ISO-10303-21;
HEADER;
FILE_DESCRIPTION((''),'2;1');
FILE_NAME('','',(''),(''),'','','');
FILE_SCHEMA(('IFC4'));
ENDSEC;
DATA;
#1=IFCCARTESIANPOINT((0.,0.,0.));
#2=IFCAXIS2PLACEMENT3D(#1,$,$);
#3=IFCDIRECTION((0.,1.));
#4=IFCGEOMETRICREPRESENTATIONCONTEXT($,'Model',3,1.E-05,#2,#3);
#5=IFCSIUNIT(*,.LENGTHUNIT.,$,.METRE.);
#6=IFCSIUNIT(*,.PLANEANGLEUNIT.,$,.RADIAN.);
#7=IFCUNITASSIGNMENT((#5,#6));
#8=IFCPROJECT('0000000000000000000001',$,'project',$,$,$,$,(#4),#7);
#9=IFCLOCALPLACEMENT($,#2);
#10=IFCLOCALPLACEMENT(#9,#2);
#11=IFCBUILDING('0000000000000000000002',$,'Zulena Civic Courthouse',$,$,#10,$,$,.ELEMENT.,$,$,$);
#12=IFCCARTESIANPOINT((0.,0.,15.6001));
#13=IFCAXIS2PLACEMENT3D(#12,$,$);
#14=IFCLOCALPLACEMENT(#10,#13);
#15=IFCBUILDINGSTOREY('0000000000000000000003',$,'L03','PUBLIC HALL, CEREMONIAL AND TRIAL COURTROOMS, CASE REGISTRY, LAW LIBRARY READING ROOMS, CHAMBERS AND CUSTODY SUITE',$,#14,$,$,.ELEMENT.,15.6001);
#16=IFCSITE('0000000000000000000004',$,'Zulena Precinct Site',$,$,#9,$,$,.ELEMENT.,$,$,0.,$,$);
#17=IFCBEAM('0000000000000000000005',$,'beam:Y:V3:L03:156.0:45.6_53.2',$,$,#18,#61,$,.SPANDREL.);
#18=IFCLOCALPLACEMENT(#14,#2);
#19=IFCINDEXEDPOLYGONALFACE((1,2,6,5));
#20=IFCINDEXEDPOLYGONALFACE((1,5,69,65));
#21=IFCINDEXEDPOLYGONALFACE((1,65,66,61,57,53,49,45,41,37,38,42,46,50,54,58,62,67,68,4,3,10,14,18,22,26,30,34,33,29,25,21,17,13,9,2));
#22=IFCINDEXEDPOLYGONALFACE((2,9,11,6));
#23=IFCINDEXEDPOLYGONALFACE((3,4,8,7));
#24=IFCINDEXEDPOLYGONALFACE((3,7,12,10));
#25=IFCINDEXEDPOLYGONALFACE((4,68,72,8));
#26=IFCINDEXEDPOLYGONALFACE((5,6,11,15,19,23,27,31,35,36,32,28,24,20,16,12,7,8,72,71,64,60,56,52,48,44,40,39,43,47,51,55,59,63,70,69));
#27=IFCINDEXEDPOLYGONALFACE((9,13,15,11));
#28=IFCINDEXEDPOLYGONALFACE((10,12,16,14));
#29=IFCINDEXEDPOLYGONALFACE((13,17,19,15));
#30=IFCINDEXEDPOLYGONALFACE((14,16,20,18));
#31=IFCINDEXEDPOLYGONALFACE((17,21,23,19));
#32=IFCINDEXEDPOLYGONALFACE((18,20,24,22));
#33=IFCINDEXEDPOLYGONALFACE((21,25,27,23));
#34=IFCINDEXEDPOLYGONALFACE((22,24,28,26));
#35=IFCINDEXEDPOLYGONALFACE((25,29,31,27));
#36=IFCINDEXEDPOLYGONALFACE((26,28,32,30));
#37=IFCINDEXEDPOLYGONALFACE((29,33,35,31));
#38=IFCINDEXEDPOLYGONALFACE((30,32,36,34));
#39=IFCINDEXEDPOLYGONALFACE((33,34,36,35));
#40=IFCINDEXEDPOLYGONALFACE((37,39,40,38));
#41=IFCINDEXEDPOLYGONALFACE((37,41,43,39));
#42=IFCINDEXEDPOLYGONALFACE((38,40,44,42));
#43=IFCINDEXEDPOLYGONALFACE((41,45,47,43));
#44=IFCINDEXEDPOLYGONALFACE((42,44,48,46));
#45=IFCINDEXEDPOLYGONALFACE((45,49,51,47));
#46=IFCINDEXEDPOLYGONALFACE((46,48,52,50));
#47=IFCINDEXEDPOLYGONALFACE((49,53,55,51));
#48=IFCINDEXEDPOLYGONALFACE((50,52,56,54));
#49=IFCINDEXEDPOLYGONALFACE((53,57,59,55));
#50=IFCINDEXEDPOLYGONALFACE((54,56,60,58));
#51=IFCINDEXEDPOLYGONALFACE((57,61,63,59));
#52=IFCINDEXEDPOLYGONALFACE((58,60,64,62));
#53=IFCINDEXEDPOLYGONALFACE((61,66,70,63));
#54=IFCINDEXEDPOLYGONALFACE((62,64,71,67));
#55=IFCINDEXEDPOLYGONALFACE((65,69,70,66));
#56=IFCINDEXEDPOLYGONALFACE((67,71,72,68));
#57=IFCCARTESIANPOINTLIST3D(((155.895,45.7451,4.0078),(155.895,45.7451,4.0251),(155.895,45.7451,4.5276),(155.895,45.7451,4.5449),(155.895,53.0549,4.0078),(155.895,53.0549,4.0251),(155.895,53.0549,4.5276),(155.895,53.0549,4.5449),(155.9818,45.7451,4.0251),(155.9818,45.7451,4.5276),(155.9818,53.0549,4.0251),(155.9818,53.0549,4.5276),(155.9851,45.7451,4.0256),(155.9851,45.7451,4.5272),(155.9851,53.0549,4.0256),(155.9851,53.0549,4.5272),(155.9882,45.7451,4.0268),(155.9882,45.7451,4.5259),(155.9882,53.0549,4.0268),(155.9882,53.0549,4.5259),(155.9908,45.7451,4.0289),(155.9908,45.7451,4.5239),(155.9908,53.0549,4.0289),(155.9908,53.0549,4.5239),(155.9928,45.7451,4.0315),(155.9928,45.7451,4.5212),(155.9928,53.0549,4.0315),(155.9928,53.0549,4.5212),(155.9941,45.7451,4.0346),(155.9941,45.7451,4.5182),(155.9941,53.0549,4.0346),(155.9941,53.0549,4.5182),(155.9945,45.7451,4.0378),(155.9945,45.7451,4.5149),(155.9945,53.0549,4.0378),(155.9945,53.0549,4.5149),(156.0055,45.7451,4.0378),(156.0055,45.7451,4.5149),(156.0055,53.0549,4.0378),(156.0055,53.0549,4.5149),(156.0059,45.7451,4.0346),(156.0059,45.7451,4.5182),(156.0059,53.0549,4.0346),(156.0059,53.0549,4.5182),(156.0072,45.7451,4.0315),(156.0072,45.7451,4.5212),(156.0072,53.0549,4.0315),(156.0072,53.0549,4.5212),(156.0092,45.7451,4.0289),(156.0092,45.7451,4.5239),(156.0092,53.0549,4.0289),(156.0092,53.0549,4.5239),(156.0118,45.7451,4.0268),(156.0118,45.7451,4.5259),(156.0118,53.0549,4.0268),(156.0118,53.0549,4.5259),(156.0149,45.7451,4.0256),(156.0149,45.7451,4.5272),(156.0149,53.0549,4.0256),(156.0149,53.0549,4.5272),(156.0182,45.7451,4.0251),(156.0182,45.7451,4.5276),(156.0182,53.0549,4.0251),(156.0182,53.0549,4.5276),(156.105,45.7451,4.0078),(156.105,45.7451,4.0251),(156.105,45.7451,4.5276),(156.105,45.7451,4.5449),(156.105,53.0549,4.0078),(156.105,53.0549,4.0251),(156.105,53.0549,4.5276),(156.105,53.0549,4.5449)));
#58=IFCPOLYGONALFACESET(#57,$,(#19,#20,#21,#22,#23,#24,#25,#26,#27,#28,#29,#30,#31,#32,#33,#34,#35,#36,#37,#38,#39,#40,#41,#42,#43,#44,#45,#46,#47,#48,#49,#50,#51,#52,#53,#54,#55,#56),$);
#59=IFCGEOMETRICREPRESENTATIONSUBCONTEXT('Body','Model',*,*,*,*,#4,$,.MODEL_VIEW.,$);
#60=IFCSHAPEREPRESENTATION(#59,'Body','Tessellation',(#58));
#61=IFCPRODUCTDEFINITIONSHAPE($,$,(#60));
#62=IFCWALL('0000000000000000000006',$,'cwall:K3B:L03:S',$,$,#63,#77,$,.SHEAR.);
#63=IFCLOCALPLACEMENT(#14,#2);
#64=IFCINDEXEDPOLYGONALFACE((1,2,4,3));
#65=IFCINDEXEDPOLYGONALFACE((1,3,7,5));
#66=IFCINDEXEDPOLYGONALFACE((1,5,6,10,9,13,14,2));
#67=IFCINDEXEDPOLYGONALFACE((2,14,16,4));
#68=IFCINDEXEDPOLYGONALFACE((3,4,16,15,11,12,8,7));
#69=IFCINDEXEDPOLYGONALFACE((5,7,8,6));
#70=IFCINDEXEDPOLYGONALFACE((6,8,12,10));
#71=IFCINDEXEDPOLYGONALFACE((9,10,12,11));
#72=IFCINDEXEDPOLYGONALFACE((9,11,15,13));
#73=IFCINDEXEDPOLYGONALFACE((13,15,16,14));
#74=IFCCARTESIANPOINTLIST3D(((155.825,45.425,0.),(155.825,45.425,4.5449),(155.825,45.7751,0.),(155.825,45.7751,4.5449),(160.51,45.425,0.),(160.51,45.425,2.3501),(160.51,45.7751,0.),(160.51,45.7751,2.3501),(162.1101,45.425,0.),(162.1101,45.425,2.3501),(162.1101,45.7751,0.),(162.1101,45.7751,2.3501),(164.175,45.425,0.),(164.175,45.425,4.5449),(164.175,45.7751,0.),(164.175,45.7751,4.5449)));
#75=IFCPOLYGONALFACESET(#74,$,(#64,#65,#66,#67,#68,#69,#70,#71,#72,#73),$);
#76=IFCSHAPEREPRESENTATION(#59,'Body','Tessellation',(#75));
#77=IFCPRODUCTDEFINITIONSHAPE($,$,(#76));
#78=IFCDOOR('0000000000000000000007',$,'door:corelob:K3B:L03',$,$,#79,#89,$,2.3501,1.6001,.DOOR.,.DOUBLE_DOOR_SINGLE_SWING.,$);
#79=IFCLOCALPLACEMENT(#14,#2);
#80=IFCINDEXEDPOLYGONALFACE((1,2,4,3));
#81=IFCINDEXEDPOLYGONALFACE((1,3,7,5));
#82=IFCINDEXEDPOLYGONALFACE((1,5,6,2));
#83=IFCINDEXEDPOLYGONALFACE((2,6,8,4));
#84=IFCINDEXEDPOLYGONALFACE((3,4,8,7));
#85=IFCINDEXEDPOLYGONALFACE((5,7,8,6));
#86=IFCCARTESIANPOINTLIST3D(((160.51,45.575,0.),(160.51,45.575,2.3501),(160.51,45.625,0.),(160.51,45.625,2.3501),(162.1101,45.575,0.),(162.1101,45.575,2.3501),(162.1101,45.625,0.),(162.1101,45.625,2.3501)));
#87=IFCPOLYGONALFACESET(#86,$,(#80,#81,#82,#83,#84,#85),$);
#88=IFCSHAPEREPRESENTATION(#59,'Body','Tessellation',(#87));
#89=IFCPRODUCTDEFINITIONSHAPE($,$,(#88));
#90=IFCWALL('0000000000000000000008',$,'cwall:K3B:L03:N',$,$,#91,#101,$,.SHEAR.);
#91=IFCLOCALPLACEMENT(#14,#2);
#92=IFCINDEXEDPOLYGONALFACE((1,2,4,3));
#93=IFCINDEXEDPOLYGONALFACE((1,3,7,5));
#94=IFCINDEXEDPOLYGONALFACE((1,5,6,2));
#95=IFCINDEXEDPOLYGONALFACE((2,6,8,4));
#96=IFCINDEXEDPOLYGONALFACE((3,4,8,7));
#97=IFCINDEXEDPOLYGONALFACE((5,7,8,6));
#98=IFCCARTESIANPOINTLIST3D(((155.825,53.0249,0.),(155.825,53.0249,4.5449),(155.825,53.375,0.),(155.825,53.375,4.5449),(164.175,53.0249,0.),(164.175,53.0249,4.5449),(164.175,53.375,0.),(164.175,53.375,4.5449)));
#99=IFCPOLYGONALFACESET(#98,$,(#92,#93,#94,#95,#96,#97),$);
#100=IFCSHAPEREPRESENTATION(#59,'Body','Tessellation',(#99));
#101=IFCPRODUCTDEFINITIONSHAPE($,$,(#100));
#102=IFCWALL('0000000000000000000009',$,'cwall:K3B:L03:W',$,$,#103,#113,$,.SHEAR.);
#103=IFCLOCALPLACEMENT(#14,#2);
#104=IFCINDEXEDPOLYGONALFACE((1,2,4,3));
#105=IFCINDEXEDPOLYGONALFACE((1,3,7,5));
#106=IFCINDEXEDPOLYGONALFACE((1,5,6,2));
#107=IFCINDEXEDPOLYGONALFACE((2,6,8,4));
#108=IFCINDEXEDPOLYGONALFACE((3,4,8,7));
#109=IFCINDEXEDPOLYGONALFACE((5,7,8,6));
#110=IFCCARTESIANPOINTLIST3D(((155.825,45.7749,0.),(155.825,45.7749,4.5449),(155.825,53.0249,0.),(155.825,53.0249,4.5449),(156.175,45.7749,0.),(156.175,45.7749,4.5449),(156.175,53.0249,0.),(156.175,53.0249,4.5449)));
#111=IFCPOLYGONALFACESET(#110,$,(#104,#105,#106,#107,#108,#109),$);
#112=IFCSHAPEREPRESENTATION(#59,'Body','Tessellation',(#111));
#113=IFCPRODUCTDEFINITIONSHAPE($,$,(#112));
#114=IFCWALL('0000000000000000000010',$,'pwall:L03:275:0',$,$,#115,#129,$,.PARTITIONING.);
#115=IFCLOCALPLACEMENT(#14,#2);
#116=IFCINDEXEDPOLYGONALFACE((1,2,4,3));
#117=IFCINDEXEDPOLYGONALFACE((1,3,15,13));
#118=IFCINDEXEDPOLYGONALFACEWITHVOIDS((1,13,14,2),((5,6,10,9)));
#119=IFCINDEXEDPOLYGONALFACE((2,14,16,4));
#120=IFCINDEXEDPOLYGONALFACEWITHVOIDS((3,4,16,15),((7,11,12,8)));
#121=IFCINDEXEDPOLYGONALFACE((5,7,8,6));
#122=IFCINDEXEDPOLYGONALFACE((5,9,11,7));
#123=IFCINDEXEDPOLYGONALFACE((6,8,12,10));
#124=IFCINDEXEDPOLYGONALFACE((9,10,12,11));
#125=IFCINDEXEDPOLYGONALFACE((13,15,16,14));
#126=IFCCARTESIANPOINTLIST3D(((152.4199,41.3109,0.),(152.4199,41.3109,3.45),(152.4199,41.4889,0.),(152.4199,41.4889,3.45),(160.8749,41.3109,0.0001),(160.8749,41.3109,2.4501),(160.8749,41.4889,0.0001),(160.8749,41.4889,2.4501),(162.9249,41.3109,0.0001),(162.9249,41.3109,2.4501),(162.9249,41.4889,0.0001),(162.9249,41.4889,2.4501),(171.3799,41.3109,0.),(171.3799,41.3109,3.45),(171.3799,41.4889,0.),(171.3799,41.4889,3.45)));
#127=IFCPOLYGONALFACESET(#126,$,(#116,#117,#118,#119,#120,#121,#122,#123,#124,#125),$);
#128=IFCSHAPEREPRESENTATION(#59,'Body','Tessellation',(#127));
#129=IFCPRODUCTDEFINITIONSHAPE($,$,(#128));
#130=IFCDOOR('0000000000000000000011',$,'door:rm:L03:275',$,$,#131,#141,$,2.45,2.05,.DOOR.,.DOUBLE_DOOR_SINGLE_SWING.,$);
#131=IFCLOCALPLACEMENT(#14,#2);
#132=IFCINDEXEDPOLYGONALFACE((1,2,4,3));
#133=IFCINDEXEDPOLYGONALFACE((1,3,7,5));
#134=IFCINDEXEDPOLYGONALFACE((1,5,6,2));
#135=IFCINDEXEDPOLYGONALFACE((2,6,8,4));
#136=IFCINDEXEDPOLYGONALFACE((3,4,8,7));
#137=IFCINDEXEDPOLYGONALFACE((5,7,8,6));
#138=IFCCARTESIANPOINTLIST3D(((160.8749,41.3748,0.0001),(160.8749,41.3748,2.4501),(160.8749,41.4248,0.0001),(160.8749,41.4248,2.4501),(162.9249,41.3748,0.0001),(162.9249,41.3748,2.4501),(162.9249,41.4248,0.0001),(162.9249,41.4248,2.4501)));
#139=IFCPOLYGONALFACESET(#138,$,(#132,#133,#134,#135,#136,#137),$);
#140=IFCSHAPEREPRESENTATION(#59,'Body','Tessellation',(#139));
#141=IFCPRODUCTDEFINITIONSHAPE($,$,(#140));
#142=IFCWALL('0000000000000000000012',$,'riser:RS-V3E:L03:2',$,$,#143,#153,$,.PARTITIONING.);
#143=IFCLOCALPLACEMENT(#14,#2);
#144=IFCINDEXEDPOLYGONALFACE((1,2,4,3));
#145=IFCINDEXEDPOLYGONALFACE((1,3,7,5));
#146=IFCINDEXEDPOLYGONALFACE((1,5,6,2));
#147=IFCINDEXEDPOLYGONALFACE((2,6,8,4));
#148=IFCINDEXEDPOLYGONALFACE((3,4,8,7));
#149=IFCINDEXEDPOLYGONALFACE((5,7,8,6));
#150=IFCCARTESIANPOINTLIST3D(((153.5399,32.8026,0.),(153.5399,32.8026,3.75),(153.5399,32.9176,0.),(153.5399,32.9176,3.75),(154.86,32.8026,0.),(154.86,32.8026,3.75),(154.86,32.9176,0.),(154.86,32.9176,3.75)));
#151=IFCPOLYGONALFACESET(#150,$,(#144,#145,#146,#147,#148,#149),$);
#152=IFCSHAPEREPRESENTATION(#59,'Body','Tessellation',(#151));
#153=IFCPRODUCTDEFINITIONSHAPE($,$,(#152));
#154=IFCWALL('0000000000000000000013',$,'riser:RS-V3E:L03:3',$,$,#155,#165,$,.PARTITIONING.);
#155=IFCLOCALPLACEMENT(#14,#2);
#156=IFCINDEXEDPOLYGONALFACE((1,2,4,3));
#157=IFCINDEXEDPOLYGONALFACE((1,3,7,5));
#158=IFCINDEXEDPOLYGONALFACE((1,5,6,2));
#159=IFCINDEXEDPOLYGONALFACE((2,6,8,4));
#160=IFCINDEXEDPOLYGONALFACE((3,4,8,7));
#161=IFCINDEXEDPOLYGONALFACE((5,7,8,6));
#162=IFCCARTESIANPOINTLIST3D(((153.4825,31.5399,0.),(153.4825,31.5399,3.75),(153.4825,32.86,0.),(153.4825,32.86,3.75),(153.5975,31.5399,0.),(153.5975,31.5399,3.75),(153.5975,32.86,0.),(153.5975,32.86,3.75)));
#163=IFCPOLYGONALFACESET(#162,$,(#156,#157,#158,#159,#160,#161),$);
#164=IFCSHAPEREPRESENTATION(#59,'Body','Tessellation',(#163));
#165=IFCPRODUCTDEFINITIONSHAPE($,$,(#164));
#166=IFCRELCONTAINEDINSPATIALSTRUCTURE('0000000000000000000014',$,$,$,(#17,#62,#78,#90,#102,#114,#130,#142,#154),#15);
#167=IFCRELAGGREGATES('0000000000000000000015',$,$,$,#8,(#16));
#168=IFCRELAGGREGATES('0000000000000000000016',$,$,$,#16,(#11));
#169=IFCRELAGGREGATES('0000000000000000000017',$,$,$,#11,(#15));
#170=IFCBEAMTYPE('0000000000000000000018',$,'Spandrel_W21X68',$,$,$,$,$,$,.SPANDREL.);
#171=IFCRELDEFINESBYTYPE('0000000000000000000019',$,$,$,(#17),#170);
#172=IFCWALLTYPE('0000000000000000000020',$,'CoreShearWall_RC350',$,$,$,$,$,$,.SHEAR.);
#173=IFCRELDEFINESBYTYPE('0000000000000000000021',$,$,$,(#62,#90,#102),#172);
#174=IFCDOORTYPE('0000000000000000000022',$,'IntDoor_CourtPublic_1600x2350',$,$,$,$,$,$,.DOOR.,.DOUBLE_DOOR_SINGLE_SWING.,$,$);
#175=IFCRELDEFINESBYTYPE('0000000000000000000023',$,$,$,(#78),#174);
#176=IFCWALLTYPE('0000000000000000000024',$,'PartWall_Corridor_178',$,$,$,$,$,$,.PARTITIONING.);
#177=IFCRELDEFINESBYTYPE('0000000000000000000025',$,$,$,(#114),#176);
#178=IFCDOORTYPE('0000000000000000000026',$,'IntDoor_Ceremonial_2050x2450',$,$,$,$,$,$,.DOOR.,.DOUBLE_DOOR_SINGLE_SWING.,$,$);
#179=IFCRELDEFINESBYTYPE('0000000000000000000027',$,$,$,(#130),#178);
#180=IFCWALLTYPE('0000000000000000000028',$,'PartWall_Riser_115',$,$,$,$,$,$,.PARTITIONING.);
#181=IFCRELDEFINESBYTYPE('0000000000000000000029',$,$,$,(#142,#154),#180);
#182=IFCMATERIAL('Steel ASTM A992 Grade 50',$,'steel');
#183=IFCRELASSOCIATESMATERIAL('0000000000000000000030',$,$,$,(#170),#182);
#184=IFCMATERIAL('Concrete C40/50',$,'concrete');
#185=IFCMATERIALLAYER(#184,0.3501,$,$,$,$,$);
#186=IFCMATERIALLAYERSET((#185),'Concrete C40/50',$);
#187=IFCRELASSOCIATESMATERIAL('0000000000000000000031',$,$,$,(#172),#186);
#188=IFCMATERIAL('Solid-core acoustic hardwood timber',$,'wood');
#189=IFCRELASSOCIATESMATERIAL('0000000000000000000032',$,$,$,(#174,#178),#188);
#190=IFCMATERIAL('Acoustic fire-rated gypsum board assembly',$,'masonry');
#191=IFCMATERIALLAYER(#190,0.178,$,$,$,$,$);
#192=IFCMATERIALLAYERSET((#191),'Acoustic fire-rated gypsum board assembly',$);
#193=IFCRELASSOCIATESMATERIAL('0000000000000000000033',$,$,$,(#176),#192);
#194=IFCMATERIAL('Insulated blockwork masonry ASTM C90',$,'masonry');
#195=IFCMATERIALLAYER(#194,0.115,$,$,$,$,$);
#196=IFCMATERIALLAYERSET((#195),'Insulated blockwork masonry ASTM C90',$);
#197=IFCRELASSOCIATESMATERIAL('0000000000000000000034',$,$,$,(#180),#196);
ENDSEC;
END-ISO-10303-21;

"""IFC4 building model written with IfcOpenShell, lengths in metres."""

from ifc_helpers import new_model, si_unit, direction, frame, frame_2d, origin, origin_2d, place, context, subcontext, project, spatial, rectangle, i_section, extrude, material, layer, layer_set, material_profile, profile_set, type_object, element, fill, save


model = new_model("IFC4")

# Units and contexts
model_context = context("Model", 3, precision=1e-05, world=origin(), true_north=direction((0.0, 1.0)))
body_context = subcontext(model_context, "Body", "Model", "MODEL_VIEW")
ifc_project = project(units=[si_unit("LENGTHUNIT", "METRE"), si_unit("PLANEANGLEUNIT", "RADIAN")], contexts=[model_context])

# Site, building, storey
site_placement = place(None, origin())
site = spatial("IfcSite", under=ifc_project, at=site_placement, Name="Zulena Precinct Site", CompositionType="ELEMENT", RefElevation=0.0)
building_placement = place(site_placement, origin())
building = spatial("IfcBuilding", under=site, at=building_placement, Name="Zulena Civic Courthouse", CompositionType="ELEMENT")
storey_placement = place(building_placement, frame((0.0, 0.0, 15.6001)))
storey = spatial("IfcBuildingStorey", under=building, at=storey_placement, Name="L03", Description="PUBLIC HALL, CEREMONIAL AND TRIAL COURTROOMS, CASE REGISTRY, LAW LIBRARY READING ROOMS, CHAMBERS AND CUSTODY SUITE", CompositionType="ELEMENT", Elevation=15.6001)

# Shared definitions
ifc_material_1 = material(Name="Steel ASTM A992 Grade 50", Category="steel")

# Beam
ifc_material_profile_1 = material_profile(ifc_material_1, i_section(OverallWidth=0.21, OverallDepth=0.5371, WebThickness=0.011, FlangeThickness=0.0173, FilletRadius=0.0127, at=origin_2d()), Name="W21X68")
ifc_profile_set_1 = profile_set([ifc_material_profile_1], Name="Steel ASTM A992 Grade 50")
beam_type_1 = type_object("IfcBeamType", Name="Spandrel_W21X68", PredefinedType="SPANDREL", material=ifc_profile_set_1)
beam_1_placement = place(storey_placement, frame((156.0, 45.7451, 4.2764), z_axis=(0.0, 1.0, 0.0), x_axis=(-1.0, 0.0, 0.0)))
element("IfcBeam", 1, at=beam_1_placement, inside=storey, type_object=beam_type_1, Name="beam:Y:V3:L03:156.0:45.6_53.2", PredefinedType="SPANDREL", context=body_context, shape_type="SweptSolid", body=[
    extrude(i_section(OverallWidth=0.21, OverallDepth=0.5371, WebThickness=0.011, FlangeThickness=0.0173, FilletRadius=0.0127, at=origin_2d()), origin(), (0.0, 0.0, 1.0), 7.3098),
])

# Wall, opening, door
ifc_material_2 = material(Name="Concrete C40/50", Category="concrete")
ifc_layer_1 = layer(ifc_material_2, 0.3501)
ifc_layer_set_1 = layer_set([ifc_layer_1], Name="Concrete C40/50")
wall_type_1 = type_object("IfcWallType", Name="CoreShearWall_RC350", PredefinedType="SHEAR", material=ifc_layer_set_1)
wall_1_placement = place(storey_placement, frame((155.825, 45.6001, 0.0), z_axis=(0.0, 0.0, 1.0), x_axis=(1.0, 0.0, 0.0)))
wall_1 = element("IfcWall", 2, at=wall_1_placement, inside=storey, type_object=wall_type_1, Name="cwall:K3B:L03:S", PredefinedType="SHEAR", context=body_context, shape_type="SweptSolid", body=[
    extrude(rectangle(XDim=8.3501, YDim=0.3501, at=frame_2d((4.175, 0.0))), origin(), (0.0, 0.0, 1.0), 4.5449),
])
opening_1_placement = place(wall_1_placement, frame((4.6851, 0.0, 0.0)))
opening_1 = element("IfcOpeningElement", 3, at=opening_1_placement, cuts=wall_1, PredefinedType="OPENING", context=body_context, shape_type="SweptSolid", body=[
    extrude(rectangle(XDim=1.6001, YDim=2.3501, at=frame_2d((0.8, 1.175))), frame((0.0, 0.1851, 0.0), z_axis=(0.0, -1.0, 0.0), x_axis=(1.0, 0.0, 0.0)), (0.0, 0.0, 1.0), 0.3701),
])
ifc_material_3 = material(Name="Solid-core acoustic hardwood timber", Category="wood")
door_type_1 = type_object("IfcDoorType", Name="IntDoor_CourtPublic_1600x2350", OperationType="DOUBLE_DOOR_SINGLE_SWING", PredefinedType="DOOR", material=ifc_material_3)
door_1_placement = place(opening_1_placement, origin())
door_1 = element("IfcDoor", 4, at=door_1_placement, inside=storey, type_object=door_type_1, Name="door:corelob:K3B:L03", OperationType="DOUBLE_DOOR_SINGLE_SWING", OverallHeight=2.3501, OverallWidth=1.6001, PredefinedType="DOOR", context=body_context, shape_type="SweptSolid", body=[
    extrude(rectangle(XDim=1.6001, YDim=2.3501, at=frame_2d((0.8, 1.175))), frame((0.0, 0.0249, 0.0), z_axis=(0.0, -1.0, 0.0), x_axis=(1.0, 0.0, 0.0)), (0.0, 0.0, 1.0), 0.05),
])
fill(opening_1, door_1)

# Walls
wall_2_placement = place(storey_placement, frame((155.825, 53.2, 0.0), z_axis=(0.0, 0.0, 1.0), x_axis=(1.0, 0.0, 0.0)))
element("IfcWall", 5, at=wall_2_placement, inside=storey, type_object=wall_type_1, Name="cwall:K3B:L03:N", PredefinedType="SHEAR", context=body_context, shape_type="SweptSolid", body=[
    extrude(rectangle(XDim=8.3501, YDim=0.3501, at=frame_2d((4.175, 0.0))), origin(), (0.0, 0.0, 1.0), 4.5449),
])
wall_3_placement = place(storey_placement, frame((156.0, 45.7749, 0.0), z_axis=(0.0, 0.0, 1.0), x_axis=(0.0, 1.0, 0.0)))
element("IfcWall", 6, at=wall_3_placement, inside=storey, type_object=wall_type_1, Name="cwall:K3B:L03:W", PredefinedType="SHEAR", context=body_context, shape_type="SweptSolid", body=[
    extrude(rectangle(XDim=7.25, YDim=0.3501, at=frame_2d((3.625, 0.0))), origin(), (0.0, 0.0, 1.0), 4.5449),
])

# Wall, opening, door
ifc_material_4 = material(Name="Acoustic fire-rated gypsum board assembly", Category="masonry")
ifc_layer_2 = layer(ifc_material_4, 0.178)
ifc_layer_set_2 = layer_set([ifc_layer_2], Name="Acoustic fire-rated gypsum board assembly")
wall_type_2 = type_object("IfcWallType", Name="PartWall_Corridor_178", PredefinedType="PARTITIONING", material=ifc_layer_set_2)
wall_4_placement = place(storey_placement, frame((152.4199, 41.3999, 0.0), z_axis=(0.0, 0.0, 1.0), x_axis=(1.0, 0.0, 0.0)))
wall_4 = element("IfcWall", 7, at=wall_4_placement, inside=storey, type_object=wall_type_2, Name="pwall:L03:275:0", PredefinedType="PARTITIONING", context=body_context, shape_type="SweptSolid", body=[
    extrude(rectangle(XDim=18.96, YDim=0.178, at=frame_2d((9.48, 0.0))), origin(), (0.0, 0.0, 1.0), 3.45),
])
opening_2_placement = place(wall_4_placement, frame((8.4551, 0.0, 0.0)))
opening_2 = element("IfcOpeningElement", 8, at=opening_2_placement, cuts=wall_4, PredefinedType="OPENING", context=body_context, shape_type="SweptSolid", body=[
    extrude(rectangle(XDim=2.05, YDim=2.45, at=frame_2d((1.0249, 1.2251))), frame((0.0, 0.0989, 0.0), z_axis=(0.0, -1.0, 0.0), x_axis=(1.0, 0.0, 0.0)), (0.0, 0.0, 1.0), 0.198),
])
door_type_2 = type_object("IfcDoorType", Name="IntDoor_Ceremonial_2050x2450", OperationType="DOUBLE_DOOR_SINGLE_SWING", PredefinedType="DOOR", material=ifc_material_3)
door_2_placement = place(opening_2_placement, origin())
door_2 = element("IfcDoor", 9, at=door_2_placement, inside=storey, type_object=door_type_2, Name="door:rm:L03:275", OperationType="DOUBLE_DOOR_SINGLE_SWING", OverallHeight=2.45, OverallWidth=2.05, PredefinedType="DOOR", context=body_context, shape_type="SweptSolid", body=[
    extrude(rectangle(XDim=2.05, YDim=2.45, at=frame_2d((1.0249, 1.2251))), frame((0.0, 0.0249, 0.0), z_axis=(0.0, -1.0, 0.0), x_axis=(1.0, 0.0, 0.0)), (0.0, 0.0, 1.0), 0.05),
])
fill(opening_2, door_2)

# Walls
ifc_material_5 = material(Name="Insulated blockwork masonry ASTM C90", Category="masonry")
ifc_layer_3 = layer(ifc_material_5, 0.115)
ifc_layer_set_3 = layer_set([ifc_layer_3], Name="Insulated blockwork masonry ASTM C90")
wall_type_3 = type_object("IfcWallType", Name="PartWall_Riser_115", PredefinedType="PARTITIONING", material=ifc_layer_set_3)
for number, where, z_axis, x_axis, name in (
    (10, (154.8601, 32.8601, 0.0), (0.0, 0.0, 1.0), (-1.0, 0.0, 0.0), "riser:RS-V3E:L03:2"),
    (11, (153.54, 32.8601, 0.0), (0.0, 0.0, 1.0), (0.0, -1.0, 0.0), "riser:RS-V3E:L03:3"),
):
    element("IfcWall", number, at=place(storey_placement, frame(where, z_axis=z_axis, x_axis=x_axis)), inside=storey, type_object=wall_type_3, Name=name, PredefinedType="PARTITIONING", context=body_context, shape_type="SweptSolid", body=[
        extrude(rectangle(XDim=1.3201, YDim=0.115, at=frame_2d((0.6602, 0.0))), origin(), (0.0, 0.0, 1.0), 3.75),
    ])

save(model, "model.ifc")
